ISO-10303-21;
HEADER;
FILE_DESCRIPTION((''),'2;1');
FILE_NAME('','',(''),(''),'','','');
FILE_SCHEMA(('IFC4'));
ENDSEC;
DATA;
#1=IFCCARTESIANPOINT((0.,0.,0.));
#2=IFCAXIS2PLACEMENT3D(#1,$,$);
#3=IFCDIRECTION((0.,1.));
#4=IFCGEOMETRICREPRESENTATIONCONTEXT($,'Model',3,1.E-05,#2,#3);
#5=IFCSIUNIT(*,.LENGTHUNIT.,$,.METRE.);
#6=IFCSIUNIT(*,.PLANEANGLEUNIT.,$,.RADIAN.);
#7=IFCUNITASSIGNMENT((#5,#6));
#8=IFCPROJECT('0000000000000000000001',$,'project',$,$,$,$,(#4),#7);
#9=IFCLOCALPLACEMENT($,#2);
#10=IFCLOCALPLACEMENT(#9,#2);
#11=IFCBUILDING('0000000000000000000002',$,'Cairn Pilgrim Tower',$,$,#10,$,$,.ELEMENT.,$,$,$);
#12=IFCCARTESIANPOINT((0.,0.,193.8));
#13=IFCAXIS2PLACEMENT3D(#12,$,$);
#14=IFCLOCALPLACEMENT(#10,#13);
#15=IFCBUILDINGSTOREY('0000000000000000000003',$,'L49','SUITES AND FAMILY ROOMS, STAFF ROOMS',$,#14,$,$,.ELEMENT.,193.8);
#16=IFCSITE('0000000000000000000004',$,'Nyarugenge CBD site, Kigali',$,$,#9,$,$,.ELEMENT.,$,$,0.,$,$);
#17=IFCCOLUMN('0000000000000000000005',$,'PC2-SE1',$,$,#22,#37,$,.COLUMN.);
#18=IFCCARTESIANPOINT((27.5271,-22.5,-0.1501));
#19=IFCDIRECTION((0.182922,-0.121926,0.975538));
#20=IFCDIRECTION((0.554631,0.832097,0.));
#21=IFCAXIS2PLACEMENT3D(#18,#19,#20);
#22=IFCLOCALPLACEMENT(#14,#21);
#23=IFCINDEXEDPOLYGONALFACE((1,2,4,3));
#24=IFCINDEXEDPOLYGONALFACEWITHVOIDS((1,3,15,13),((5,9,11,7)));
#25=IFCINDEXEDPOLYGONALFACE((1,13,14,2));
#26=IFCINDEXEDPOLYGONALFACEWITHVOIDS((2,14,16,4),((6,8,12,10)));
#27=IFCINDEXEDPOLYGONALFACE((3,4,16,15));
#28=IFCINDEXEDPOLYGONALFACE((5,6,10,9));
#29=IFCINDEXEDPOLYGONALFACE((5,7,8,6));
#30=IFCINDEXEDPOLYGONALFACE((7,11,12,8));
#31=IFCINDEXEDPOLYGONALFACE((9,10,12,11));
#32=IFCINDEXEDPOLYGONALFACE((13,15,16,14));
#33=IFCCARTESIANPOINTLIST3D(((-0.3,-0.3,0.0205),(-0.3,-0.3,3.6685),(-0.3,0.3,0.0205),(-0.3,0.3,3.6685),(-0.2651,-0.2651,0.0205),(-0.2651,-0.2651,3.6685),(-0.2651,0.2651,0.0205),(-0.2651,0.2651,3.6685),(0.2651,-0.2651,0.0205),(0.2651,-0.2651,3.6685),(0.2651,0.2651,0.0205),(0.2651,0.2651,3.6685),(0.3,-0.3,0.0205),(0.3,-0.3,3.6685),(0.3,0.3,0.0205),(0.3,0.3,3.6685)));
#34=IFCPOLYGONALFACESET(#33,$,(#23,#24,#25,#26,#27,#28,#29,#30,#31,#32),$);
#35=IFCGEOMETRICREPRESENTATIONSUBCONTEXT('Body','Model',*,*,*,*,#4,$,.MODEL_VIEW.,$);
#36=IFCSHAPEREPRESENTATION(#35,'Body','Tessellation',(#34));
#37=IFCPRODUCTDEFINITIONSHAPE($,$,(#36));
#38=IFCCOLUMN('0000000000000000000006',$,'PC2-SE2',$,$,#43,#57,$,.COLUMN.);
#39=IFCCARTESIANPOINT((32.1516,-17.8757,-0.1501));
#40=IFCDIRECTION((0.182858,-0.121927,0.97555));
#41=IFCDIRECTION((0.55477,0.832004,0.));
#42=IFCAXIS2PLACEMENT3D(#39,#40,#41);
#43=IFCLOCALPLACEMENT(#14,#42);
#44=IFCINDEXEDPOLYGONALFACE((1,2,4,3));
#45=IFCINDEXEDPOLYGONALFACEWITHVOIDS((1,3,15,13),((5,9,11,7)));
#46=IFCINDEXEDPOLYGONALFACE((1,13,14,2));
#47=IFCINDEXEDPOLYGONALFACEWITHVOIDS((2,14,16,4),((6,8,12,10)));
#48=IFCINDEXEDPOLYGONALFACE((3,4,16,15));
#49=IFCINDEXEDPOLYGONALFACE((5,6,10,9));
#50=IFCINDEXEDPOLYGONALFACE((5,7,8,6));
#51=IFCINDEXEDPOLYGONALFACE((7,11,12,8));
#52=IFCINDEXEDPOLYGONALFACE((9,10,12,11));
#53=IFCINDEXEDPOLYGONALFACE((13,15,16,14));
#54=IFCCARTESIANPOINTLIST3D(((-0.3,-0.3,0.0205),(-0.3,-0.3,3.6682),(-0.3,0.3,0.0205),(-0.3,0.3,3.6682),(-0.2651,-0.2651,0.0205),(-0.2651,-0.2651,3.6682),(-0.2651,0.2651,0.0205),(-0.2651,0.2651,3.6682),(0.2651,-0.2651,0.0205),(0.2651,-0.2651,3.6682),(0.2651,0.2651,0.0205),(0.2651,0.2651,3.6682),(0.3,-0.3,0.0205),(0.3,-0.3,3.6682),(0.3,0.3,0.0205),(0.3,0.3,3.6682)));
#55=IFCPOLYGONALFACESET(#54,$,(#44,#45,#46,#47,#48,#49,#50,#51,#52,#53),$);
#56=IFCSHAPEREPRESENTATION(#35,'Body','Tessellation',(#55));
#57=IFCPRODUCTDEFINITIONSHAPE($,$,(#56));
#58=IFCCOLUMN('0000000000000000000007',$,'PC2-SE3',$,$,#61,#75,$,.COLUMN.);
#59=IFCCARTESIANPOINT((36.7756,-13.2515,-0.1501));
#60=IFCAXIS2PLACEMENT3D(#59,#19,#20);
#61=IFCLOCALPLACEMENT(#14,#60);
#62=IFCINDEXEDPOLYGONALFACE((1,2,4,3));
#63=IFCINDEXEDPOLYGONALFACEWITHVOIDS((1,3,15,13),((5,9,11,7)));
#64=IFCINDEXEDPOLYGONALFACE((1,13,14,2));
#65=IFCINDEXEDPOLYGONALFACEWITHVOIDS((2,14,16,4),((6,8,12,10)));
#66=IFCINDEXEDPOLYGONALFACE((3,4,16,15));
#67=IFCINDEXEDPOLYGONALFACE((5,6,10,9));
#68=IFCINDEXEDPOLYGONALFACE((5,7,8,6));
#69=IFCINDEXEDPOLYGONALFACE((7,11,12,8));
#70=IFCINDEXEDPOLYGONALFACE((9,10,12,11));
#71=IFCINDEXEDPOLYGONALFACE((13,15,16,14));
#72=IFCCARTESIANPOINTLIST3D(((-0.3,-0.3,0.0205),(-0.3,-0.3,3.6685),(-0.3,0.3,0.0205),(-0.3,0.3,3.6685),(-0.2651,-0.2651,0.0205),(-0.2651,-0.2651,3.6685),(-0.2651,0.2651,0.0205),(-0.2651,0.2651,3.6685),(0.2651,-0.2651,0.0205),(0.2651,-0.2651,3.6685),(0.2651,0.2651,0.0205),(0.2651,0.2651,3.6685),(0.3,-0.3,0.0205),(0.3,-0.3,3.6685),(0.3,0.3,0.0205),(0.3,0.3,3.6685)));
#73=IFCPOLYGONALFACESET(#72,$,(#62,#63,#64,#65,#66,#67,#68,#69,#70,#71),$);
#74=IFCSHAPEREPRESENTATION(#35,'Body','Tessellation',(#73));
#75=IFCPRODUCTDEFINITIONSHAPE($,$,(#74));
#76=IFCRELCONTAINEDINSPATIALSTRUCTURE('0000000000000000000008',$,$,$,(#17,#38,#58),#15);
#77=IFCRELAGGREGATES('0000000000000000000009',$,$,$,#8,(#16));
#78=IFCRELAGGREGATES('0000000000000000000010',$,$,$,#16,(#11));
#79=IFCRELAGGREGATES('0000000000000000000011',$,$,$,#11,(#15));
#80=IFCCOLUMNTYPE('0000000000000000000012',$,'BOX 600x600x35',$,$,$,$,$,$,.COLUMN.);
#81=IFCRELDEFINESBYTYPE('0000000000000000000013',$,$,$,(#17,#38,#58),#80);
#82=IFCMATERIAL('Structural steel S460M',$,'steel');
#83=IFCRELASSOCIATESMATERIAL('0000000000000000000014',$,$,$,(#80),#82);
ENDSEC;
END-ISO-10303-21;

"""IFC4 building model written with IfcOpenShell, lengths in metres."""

from ifc_helpers import new_model, si_unit, direction, frame, origin, origin_2d, place, context, subcontext, project, spatial, hollow_rectangle, extrude, clip, halfspace, material, material_profile, profile_set, type_object, element, save


model = new_model("IFC4")

# Units and contexts
model_context = context("Model", 3, precision=1e-05, world=origin(), true_north=direction((0.0, 1.0)))
body_context = subcontext(model_context, "Body", "Model", "MODEL_VIEW")
ifc_project = project(units=[si_unit("LENGTHUNIT", "METRE"), si_unit("PLANEANGLEUNIT", "RADIAN")], contexts=[model_context])

# Site, building, storey
site_placement = place(None, origin())
site = spatial("IfcSite", under=ifc_project, at=site_placement, Name="Nyarugenge CBD site, Kigali", CompositionType="ELEMENT", RefElevation=0.0)
building_placement = place(site_placement, origin())
building = spatial("IfcBuilding", under=site, at=building_placement, Name="Cairn Pilgrim Tower", CompositionType="ELEMENT")
storey_placement = place(building_placement, frame((0.0, 0.0, 193.8)))
storey = spatial("IfcBuildingStorey", under=building, at=storey_placement, Name="L49", Description="SUITES AND FAMILY ROOMS, STAFF ROOMS", CompositionType="ELEMENT", Elevation=193.8)

# Columns
ifc_material_1 = material(Name="Structural steel S460M", Category="steel")
ifc_material_profile_1 = material_profile(ifc_material_1, hollow_rectangle(XDim=0.6001, YDim=0.6001, WallThickness=0.0349, at=origin_2d()), Name="BOX 600x600x35")
ifc_profile_set_1 = profile_set([ifc_material_profile_1], Name="Structural steel S460M")
column_type = type_object("IfcColumnType", Name="BOX 600x600x35", PredefinedType="COLUMN", material=ifc_profile_set_1)
column_1_placement = place(storey_placement, frame((27.5271, -22.5, -0.1501), z_axis=(0.182922, -0.121926, 0.975538), x_axis=(0.554631, 0.832097, 0.0)))
element("IfcColumn", 1, at=column_1_placement, inside=storey, type_object=column_type, Name="PC2-SE1", PredefinedType="COLUMN", context=body_context, shape_type="Clipping", body=[
    clip(clip(extrude(hollow_rectangle(XDim=0.6001, YDim=0.6001, WallThickness=0.0349, at=origin_2d()), origin(), (0.0, 0.0, 1.0), 3.6904), halfspace(frame((0.0, 0.0, 0.0205), z_axis=(0.0, 0.0, 1.0), x_axis=(1.0, 0.0, 0.0)), True)), halfspace(frame((0.0, 0.0, 3.6685), z_axis=(0.0, 0.0, 1.0), x_axis=(1.0, 0.0, 0.0)), False)),
])
column_2_placement = place(storey_placement, frame((32.1516, -17.8757, -0.1501), z_axis=(0.182858, -0.121927, 0.97555), x_axis=(0.55477, 0.832004, 0.0)))
element("IfcColumn", 2, at=column_2_placement, inside=storey, type_object=column_type, Name="PC2-SE2", PredefinedType="COLUMN", context=body_context, shape_type="Clipping", body=[
    clip(clip(extrude(hollow_rectangle(XDim=0.6001, YDim=0.6001, WallThickness=0.0349, at=origin_2d()), origin(), (0.0, 0.0, 1.0), 3.6904), halfspace(frame((0.0, 0.0, 0.0205), z_axis=(0.0, 0.0, 1.0), x_axis=(1.0, 0.0, 0.0)), True)), halfspace(frame((0.0, 0.0, 3.6682), z_axis=(0.0, 0.0, 1.0), x_axis=(1.0, 0.0, 0.0)), False)),
])
column_3_placement = place(storey_placement, frame((36.7756, -13.2515, -0.1501), z_axis=(0.182922, -0.121926, 0.975538), x_axis=(0.554631, 0.832097, 0.0)))
element("IfcColumn", 3, at=column_3_placement, inside=storey, type_object=column_type, Name="PC2-SE3", PredefinedType="COLUMN", context=body_context, shape_type="Clipping", body=[
    clip(clip(extrude(hollow_rectangle(XDim=0.6001, YDim=0.6001, WallThickness=0.0349, at=origin_2d()), origin(), (0.0, 0.0, 1.0), 3.6904), halfspace(frame((0.0, 0.0, 0.0205), z_axis=(0.0, 0.0, 1.0), x_axis=(1.0, 0.0, 0.0)), True)), halfspace(frame((0.0, 0.0, 3.6685), z_axis=(0.0, 0.0, 1.0), x_axis=(1.0, 0.0, 0.0)), False)),
])

save(model, "model.ifc")
